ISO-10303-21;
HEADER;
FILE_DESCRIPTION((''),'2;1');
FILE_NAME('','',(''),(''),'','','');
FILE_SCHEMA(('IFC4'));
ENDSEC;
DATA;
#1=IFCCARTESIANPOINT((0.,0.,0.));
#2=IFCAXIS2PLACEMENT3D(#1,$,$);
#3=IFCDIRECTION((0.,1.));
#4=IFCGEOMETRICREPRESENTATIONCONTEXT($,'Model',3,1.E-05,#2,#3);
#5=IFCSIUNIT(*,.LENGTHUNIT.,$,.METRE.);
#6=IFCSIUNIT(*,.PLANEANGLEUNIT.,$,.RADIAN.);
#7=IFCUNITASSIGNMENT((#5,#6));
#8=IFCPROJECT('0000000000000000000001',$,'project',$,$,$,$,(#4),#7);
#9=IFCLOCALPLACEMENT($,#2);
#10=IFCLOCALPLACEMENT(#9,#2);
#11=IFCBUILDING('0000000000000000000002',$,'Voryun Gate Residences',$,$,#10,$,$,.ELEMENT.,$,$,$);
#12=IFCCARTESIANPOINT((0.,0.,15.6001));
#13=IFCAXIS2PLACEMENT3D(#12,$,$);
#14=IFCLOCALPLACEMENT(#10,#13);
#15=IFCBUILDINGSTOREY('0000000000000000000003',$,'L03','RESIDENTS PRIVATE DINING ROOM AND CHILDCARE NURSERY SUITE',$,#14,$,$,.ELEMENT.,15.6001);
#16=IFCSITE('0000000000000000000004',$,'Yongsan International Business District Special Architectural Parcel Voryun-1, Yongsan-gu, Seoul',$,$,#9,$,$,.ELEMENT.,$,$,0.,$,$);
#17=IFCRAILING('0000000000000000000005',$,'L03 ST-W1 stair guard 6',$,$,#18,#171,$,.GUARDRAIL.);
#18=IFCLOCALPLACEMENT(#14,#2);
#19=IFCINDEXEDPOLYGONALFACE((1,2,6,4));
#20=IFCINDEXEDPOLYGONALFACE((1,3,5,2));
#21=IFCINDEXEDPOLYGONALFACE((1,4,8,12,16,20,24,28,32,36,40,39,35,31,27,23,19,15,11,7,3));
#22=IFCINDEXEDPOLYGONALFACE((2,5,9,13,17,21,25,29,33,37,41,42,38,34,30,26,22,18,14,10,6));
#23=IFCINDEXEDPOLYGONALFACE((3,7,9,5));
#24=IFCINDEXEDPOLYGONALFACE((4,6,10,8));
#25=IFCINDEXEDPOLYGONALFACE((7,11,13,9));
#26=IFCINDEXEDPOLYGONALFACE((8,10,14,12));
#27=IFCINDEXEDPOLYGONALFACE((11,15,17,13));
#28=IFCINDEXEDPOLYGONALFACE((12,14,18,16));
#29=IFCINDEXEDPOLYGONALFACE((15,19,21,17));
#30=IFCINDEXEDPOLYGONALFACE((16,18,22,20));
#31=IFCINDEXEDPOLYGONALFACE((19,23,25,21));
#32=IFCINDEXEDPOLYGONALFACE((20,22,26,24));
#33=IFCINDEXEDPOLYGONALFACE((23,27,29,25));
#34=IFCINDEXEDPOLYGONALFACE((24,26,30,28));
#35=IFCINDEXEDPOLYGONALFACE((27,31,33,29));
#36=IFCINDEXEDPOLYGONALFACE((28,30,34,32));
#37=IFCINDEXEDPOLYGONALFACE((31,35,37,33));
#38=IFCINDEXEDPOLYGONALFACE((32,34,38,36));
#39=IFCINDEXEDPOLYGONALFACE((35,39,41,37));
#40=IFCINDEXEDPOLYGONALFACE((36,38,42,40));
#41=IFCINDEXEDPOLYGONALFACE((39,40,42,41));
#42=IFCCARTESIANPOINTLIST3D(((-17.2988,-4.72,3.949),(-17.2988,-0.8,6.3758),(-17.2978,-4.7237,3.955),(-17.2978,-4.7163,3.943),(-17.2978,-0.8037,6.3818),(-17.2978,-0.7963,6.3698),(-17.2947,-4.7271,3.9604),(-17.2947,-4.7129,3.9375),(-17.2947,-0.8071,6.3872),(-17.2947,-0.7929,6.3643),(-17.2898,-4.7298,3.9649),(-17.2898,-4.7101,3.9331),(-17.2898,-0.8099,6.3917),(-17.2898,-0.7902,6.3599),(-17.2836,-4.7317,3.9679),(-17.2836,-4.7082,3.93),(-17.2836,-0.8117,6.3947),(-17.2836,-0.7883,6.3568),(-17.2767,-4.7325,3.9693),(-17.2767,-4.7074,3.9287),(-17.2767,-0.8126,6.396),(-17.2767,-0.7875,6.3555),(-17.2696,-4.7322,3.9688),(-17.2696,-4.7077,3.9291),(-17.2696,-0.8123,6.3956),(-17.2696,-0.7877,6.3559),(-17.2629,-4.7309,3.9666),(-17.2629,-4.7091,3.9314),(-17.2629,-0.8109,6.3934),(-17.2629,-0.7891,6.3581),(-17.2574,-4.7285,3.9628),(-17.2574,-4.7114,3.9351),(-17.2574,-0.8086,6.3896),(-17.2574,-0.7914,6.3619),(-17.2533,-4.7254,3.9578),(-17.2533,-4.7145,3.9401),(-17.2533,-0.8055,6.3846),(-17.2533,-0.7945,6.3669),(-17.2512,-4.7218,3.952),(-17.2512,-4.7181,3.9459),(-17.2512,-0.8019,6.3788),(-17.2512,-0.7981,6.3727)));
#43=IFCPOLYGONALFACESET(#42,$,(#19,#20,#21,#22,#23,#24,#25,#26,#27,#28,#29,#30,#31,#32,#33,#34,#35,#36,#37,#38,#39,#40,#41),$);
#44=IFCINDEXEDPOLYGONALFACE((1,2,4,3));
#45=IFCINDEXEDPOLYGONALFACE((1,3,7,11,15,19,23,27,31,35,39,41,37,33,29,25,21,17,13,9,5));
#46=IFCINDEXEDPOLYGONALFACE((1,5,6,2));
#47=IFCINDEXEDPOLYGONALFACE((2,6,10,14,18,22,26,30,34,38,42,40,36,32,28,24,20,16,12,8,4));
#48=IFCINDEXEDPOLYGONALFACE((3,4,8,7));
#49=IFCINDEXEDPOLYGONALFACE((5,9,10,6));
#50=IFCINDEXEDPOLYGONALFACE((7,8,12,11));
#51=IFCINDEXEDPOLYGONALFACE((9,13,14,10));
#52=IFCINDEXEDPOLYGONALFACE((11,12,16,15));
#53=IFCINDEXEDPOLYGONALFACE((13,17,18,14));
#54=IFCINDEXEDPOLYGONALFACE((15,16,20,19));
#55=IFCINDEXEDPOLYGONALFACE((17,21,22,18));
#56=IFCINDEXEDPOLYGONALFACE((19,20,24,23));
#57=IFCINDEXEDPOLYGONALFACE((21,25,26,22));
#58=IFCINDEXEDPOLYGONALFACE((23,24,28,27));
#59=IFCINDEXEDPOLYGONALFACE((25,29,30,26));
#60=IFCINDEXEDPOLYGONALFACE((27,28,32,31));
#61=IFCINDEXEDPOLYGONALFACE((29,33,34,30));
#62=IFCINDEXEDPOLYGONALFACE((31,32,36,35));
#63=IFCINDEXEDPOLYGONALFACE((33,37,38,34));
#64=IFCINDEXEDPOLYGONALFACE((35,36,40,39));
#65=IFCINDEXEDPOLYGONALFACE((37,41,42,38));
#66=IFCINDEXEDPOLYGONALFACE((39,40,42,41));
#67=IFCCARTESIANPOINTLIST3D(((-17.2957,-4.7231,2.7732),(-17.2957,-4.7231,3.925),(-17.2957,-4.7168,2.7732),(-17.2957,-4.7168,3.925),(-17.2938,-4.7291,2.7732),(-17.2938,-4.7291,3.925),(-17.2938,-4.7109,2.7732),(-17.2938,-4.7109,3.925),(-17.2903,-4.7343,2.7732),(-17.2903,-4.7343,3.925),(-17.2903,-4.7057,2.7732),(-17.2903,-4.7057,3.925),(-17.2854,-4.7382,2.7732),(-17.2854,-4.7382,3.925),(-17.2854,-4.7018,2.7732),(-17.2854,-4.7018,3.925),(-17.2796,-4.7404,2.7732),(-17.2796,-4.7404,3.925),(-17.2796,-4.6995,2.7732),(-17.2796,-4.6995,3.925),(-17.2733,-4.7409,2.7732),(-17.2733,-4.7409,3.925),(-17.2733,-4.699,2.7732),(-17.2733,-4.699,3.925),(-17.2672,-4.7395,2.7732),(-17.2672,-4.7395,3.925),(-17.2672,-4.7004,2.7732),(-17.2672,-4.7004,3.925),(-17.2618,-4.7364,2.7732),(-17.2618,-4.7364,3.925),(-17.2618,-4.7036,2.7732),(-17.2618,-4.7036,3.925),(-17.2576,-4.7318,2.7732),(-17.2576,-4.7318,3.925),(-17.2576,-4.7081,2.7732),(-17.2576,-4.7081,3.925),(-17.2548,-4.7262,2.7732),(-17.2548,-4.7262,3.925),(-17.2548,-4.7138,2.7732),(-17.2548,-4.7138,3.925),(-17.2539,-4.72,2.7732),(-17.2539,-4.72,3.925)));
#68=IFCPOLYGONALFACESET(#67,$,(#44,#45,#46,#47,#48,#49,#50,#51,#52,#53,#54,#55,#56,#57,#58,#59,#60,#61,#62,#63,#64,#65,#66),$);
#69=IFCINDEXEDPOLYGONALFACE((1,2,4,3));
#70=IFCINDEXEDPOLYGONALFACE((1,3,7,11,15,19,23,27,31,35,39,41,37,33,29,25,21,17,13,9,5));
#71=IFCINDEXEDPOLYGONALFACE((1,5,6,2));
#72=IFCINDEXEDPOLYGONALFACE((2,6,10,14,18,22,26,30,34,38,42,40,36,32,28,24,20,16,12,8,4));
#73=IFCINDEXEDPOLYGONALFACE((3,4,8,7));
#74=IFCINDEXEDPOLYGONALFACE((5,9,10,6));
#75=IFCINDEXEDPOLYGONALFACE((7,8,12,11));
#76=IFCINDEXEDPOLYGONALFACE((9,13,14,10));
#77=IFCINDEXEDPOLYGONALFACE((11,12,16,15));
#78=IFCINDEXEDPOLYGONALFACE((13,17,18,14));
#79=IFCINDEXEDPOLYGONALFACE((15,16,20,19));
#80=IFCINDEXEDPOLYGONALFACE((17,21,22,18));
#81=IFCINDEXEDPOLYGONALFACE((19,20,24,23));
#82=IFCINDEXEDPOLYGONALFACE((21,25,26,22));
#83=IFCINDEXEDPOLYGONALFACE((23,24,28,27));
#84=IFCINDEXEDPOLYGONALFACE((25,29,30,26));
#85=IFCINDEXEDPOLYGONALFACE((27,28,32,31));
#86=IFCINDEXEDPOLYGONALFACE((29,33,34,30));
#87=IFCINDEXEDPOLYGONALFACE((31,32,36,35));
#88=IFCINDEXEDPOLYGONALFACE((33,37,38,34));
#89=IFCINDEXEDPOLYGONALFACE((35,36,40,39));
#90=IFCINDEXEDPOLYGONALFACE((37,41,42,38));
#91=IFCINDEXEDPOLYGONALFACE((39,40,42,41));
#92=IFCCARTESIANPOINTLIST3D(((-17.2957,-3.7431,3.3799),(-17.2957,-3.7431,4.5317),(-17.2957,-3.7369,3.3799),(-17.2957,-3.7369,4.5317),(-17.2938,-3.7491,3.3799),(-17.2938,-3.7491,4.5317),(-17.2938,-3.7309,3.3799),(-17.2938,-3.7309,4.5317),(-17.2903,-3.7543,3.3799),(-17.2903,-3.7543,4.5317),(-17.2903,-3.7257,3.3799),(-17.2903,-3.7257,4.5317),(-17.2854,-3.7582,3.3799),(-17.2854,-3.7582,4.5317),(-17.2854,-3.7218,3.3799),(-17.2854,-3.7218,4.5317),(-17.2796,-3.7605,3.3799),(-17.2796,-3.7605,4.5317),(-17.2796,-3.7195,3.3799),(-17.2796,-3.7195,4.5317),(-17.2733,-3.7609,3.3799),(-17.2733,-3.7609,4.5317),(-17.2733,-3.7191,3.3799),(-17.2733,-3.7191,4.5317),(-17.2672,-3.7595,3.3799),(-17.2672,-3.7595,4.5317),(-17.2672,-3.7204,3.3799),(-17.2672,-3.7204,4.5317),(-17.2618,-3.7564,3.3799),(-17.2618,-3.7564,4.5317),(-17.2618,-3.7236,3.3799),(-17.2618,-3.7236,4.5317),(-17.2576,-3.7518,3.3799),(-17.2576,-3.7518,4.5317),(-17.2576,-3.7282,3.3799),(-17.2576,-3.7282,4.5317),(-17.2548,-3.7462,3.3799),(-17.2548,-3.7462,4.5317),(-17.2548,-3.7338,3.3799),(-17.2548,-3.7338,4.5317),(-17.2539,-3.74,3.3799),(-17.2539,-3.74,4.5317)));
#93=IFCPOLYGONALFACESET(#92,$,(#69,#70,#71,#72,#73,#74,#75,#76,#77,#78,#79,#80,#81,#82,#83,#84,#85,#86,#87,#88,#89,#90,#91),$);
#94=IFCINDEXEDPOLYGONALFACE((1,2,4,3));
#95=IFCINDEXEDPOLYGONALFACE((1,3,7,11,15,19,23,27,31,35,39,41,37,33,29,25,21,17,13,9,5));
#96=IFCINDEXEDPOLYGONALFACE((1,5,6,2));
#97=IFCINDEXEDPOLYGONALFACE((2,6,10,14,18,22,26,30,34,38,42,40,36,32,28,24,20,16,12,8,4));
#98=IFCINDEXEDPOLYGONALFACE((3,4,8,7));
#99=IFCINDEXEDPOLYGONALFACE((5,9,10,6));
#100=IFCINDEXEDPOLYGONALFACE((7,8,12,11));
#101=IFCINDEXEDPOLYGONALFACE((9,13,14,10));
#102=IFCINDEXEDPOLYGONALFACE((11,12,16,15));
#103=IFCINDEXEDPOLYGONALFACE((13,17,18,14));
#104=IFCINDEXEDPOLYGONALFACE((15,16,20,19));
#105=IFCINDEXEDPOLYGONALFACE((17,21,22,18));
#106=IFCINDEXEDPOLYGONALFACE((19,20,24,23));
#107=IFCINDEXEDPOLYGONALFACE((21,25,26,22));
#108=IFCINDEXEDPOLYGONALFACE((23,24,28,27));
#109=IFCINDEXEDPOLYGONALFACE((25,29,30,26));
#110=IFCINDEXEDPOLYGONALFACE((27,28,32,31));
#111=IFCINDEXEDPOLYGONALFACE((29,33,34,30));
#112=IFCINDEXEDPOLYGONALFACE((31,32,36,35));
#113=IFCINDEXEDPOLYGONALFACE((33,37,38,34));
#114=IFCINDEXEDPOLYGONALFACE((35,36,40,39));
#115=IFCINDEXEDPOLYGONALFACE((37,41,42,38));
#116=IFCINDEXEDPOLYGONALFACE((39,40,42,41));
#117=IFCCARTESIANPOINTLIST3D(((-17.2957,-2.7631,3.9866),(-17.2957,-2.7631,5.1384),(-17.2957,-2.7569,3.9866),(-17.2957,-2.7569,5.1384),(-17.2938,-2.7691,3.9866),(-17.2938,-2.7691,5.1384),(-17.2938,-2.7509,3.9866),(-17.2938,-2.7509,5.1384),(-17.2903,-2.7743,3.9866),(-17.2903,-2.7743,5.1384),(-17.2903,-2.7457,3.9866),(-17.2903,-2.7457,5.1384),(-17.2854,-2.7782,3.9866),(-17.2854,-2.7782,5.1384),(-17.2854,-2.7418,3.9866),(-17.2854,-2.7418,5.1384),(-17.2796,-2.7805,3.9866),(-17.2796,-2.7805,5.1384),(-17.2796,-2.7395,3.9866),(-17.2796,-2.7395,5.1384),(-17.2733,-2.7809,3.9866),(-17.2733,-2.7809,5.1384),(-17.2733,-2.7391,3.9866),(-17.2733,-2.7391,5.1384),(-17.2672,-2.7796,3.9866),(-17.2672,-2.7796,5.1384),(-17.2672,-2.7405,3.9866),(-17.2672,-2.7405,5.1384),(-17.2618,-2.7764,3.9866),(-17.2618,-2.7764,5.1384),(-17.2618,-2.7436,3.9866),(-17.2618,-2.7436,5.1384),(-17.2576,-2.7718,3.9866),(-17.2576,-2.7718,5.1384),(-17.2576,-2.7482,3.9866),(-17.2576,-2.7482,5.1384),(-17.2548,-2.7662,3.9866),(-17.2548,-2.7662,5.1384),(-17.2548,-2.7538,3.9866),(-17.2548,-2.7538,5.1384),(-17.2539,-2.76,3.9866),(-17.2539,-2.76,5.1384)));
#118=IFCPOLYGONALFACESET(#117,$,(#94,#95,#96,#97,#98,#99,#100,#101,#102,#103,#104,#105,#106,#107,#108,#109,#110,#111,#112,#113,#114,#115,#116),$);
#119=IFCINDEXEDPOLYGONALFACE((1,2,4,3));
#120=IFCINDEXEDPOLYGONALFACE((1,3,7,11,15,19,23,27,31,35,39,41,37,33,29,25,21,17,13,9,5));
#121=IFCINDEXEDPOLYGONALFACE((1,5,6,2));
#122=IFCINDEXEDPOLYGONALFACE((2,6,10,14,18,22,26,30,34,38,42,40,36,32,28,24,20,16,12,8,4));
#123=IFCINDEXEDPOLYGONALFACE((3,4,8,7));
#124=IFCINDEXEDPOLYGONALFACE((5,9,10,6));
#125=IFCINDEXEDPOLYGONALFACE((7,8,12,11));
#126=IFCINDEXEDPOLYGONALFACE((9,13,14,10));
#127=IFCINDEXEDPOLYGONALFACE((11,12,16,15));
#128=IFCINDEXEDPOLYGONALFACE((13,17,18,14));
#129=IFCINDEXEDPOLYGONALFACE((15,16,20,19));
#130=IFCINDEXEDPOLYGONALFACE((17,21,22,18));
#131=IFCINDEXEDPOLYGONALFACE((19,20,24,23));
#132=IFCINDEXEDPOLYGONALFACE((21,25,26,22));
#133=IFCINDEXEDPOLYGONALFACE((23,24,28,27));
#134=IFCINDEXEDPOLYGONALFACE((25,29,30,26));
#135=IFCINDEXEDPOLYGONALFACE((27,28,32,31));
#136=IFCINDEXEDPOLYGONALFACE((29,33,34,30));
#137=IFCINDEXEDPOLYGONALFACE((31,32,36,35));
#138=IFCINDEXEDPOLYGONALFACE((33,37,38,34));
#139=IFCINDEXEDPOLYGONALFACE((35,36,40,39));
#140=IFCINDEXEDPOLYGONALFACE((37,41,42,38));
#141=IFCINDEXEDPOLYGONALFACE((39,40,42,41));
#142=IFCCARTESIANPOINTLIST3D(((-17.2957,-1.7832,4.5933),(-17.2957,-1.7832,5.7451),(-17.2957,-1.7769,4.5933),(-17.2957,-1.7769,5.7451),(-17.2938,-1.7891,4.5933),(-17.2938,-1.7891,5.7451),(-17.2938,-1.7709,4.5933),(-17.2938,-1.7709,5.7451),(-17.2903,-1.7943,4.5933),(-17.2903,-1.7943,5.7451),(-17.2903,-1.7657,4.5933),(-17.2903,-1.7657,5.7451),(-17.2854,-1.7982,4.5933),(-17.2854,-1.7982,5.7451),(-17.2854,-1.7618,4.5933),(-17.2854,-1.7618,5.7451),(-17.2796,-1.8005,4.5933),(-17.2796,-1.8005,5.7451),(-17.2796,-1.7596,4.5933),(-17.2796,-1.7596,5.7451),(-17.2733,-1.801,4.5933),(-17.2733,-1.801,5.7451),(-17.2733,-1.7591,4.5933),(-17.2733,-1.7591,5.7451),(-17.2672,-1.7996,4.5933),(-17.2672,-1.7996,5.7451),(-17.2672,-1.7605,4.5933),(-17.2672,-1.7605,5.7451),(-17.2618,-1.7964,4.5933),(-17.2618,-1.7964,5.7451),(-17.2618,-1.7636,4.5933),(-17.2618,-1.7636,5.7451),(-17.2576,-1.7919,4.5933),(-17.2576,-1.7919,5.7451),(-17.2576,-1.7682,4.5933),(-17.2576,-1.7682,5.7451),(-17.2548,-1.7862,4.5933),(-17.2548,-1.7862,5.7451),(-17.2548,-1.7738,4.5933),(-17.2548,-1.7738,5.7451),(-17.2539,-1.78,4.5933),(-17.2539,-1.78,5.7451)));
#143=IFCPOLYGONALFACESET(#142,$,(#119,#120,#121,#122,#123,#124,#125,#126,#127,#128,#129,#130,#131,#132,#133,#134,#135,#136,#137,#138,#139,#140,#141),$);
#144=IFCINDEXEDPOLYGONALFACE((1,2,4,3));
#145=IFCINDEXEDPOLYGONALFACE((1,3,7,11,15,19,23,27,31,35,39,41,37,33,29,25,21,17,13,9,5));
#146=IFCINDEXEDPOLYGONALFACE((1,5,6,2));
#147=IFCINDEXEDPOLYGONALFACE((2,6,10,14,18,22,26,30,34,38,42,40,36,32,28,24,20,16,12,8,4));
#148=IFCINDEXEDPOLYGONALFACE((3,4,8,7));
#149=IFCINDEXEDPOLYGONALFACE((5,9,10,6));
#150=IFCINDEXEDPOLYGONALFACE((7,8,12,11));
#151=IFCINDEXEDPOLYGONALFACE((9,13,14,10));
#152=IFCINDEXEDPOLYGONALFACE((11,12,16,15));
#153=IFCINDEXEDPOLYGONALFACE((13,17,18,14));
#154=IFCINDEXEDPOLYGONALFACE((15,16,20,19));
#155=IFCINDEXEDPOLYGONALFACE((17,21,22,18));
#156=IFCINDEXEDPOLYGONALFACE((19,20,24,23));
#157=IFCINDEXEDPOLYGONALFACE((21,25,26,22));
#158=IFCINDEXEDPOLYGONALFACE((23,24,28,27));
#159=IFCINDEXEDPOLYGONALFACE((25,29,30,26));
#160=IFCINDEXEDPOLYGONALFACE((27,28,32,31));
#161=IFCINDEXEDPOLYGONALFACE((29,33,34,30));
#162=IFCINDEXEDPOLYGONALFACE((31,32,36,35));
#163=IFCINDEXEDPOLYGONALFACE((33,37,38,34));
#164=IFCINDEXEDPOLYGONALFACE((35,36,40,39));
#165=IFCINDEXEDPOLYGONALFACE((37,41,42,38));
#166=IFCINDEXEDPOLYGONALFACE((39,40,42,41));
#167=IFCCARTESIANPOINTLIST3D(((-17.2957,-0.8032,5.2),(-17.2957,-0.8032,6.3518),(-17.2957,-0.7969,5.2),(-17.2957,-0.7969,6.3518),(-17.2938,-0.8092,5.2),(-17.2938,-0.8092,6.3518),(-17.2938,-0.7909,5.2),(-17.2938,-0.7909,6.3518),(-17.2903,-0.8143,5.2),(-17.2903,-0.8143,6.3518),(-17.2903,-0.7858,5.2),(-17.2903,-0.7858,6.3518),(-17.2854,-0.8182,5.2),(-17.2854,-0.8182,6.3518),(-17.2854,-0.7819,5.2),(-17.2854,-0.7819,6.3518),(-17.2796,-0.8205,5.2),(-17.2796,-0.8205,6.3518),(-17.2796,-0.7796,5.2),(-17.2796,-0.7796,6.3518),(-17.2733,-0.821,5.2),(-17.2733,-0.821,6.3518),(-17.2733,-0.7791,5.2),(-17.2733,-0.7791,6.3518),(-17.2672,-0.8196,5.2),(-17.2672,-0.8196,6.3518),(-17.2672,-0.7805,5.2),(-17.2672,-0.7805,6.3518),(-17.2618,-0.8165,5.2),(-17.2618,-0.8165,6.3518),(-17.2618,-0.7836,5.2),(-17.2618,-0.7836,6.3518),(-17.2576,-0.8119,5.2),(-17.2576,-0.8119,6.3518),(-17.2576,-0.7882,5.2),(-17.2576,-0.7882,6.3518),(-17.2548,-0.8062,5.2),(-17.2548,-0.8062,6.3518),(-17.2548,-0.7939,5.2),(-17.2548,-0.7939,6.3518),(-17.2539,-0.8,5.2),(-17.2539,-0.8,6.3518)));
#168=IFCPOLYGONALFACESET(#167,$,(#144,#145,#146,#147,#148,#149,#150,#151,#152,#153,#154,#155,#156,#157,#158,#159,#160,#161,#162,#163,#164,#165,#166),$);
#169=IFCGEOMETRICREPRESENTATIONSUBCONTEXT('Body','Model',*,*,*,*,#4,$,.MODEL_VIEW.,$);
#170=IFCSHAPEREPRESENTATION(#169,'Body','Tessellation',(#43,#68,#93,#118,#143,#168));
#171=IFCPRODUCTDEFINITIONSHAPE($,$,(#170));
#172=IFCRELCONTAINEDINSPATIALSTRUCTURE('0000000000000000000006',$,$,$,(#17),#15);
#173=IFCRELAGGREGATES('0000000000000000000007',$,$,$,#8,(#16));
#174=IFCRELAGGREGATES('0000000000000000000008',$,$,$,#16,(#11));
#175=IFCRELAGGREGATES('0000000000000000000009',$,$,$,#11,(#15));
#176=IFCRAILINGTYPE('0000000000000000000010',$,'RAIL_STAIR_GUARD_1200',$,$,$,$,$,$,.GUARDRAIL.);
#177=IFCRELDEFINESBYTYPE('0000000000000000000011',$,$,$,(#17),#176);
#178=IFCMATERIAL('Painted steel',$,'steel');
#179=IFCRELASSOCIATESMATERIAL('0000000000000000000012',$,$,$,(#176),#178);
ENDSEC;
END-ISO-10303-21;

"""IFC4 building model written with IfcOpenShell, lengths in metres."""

from ifc_helpers import new_model, si_unit, direction, frame, origin, origin_2d, place, context, subcontext, project, spatial, circle, extrude, material, type_object, element, save


model = new_model("IFC4")

# Units and contexts
model_context = context("Model", 3, precision=1e-05, world=origin(), true_north=direction((0.0, 1.0)))
body_context = subcontext(model_context, "Body", "Model", "MODEL_VIEW")
ifc_project = project(units=[si_unit("LENGTHUNIT", "METRE"), si_unit("PLANEANGLEUNIT", "RADIAN")], contexts=[model_context])

# Site, building, storey
site_placement = place(None, origin())
site = spatial("IfcSite", under=ifc_project, at=site_placement, Name="Yongsan International Business District Special Architectural Parcel Voryun-1, Yongsan-gu, Seoul", CompositionType="ELEMENT", RefElevation=0.0)
building_placement = place(site_placement, origin())
building = spatial("IfcBuilding", under=site, at=building_placement, Name="Voryun Gate Residences", CompositionType="ELEMENT")
storey_placement = place(building_placement, frame((0.0, 0.0, 15.6001)))
storey = spatial("IfcBuildingStorey", under=building, at=storey_placement, Name="L03", Description="RESIDENTS PRIVATE DINING ROOM AND CHILDCARE NURSERY SUITE", CompositionType="ELEMENT", Elevation=15.6001)

# Railing
ifc_material_1 = material(Name="Painted steel", Category="steel")
railing_type_1 = type_object("IfcRailingType", Name="RAIL_STAIR_GUARD_1200", PredefinedType="GUARDRAIL", material=ifc_material_1)
railing_1_placement = place(storey_placement, frame((-17.2749, -4.72, 2.7732)))
element("IfcRailing", 1, at=railing_1_placement, inside=storey, type_object=railing_type_1, Name="L03 ST-W1 stair guard 6", PredefinedType="GUARDRAIL", context=body_context, shape_type="SweptSolid", body=[
    extrude(circle(Radius=0.0239, at=origin_2d()), frame((0.0, 0.0, 1.1758), z_axis=(0.0, 0.850252, 0.526376), x_axis=(-1.0, 0.0, 0.0)), (0.0, 0.0, 1.0), 4.6104),
    extrude(circle(Radius=0.021, at=origin_2d()), origin(), (0.0, 0.0, 1.0), 1.1519),
    extrude(circle(Radius=0.021, at=origin_2d()), frame((0.0, 0.98, 0.6067)), (0.0, 0.0, 1.0), 1.1519),
    extrude(circle(Radius=0.021, at=origin_2d()), frame((0.0, 1.96, 1.2134)), (0.0, 0.0, 1.0), 1.1519),
    extrude(circle(Radius=0.021, at=origin_2d()), frame((0.0, 2.9399, 1.8201)), (0.0, 0.0, 1.0), 1.1519),
    extrude(circle(Radius=0.021, at=origin_2d()), frame((0.0, 3.9199, 2.4268)), (0.0, 0.0, 1.0), 1.1519),
])

save(model, "model.ifc")
